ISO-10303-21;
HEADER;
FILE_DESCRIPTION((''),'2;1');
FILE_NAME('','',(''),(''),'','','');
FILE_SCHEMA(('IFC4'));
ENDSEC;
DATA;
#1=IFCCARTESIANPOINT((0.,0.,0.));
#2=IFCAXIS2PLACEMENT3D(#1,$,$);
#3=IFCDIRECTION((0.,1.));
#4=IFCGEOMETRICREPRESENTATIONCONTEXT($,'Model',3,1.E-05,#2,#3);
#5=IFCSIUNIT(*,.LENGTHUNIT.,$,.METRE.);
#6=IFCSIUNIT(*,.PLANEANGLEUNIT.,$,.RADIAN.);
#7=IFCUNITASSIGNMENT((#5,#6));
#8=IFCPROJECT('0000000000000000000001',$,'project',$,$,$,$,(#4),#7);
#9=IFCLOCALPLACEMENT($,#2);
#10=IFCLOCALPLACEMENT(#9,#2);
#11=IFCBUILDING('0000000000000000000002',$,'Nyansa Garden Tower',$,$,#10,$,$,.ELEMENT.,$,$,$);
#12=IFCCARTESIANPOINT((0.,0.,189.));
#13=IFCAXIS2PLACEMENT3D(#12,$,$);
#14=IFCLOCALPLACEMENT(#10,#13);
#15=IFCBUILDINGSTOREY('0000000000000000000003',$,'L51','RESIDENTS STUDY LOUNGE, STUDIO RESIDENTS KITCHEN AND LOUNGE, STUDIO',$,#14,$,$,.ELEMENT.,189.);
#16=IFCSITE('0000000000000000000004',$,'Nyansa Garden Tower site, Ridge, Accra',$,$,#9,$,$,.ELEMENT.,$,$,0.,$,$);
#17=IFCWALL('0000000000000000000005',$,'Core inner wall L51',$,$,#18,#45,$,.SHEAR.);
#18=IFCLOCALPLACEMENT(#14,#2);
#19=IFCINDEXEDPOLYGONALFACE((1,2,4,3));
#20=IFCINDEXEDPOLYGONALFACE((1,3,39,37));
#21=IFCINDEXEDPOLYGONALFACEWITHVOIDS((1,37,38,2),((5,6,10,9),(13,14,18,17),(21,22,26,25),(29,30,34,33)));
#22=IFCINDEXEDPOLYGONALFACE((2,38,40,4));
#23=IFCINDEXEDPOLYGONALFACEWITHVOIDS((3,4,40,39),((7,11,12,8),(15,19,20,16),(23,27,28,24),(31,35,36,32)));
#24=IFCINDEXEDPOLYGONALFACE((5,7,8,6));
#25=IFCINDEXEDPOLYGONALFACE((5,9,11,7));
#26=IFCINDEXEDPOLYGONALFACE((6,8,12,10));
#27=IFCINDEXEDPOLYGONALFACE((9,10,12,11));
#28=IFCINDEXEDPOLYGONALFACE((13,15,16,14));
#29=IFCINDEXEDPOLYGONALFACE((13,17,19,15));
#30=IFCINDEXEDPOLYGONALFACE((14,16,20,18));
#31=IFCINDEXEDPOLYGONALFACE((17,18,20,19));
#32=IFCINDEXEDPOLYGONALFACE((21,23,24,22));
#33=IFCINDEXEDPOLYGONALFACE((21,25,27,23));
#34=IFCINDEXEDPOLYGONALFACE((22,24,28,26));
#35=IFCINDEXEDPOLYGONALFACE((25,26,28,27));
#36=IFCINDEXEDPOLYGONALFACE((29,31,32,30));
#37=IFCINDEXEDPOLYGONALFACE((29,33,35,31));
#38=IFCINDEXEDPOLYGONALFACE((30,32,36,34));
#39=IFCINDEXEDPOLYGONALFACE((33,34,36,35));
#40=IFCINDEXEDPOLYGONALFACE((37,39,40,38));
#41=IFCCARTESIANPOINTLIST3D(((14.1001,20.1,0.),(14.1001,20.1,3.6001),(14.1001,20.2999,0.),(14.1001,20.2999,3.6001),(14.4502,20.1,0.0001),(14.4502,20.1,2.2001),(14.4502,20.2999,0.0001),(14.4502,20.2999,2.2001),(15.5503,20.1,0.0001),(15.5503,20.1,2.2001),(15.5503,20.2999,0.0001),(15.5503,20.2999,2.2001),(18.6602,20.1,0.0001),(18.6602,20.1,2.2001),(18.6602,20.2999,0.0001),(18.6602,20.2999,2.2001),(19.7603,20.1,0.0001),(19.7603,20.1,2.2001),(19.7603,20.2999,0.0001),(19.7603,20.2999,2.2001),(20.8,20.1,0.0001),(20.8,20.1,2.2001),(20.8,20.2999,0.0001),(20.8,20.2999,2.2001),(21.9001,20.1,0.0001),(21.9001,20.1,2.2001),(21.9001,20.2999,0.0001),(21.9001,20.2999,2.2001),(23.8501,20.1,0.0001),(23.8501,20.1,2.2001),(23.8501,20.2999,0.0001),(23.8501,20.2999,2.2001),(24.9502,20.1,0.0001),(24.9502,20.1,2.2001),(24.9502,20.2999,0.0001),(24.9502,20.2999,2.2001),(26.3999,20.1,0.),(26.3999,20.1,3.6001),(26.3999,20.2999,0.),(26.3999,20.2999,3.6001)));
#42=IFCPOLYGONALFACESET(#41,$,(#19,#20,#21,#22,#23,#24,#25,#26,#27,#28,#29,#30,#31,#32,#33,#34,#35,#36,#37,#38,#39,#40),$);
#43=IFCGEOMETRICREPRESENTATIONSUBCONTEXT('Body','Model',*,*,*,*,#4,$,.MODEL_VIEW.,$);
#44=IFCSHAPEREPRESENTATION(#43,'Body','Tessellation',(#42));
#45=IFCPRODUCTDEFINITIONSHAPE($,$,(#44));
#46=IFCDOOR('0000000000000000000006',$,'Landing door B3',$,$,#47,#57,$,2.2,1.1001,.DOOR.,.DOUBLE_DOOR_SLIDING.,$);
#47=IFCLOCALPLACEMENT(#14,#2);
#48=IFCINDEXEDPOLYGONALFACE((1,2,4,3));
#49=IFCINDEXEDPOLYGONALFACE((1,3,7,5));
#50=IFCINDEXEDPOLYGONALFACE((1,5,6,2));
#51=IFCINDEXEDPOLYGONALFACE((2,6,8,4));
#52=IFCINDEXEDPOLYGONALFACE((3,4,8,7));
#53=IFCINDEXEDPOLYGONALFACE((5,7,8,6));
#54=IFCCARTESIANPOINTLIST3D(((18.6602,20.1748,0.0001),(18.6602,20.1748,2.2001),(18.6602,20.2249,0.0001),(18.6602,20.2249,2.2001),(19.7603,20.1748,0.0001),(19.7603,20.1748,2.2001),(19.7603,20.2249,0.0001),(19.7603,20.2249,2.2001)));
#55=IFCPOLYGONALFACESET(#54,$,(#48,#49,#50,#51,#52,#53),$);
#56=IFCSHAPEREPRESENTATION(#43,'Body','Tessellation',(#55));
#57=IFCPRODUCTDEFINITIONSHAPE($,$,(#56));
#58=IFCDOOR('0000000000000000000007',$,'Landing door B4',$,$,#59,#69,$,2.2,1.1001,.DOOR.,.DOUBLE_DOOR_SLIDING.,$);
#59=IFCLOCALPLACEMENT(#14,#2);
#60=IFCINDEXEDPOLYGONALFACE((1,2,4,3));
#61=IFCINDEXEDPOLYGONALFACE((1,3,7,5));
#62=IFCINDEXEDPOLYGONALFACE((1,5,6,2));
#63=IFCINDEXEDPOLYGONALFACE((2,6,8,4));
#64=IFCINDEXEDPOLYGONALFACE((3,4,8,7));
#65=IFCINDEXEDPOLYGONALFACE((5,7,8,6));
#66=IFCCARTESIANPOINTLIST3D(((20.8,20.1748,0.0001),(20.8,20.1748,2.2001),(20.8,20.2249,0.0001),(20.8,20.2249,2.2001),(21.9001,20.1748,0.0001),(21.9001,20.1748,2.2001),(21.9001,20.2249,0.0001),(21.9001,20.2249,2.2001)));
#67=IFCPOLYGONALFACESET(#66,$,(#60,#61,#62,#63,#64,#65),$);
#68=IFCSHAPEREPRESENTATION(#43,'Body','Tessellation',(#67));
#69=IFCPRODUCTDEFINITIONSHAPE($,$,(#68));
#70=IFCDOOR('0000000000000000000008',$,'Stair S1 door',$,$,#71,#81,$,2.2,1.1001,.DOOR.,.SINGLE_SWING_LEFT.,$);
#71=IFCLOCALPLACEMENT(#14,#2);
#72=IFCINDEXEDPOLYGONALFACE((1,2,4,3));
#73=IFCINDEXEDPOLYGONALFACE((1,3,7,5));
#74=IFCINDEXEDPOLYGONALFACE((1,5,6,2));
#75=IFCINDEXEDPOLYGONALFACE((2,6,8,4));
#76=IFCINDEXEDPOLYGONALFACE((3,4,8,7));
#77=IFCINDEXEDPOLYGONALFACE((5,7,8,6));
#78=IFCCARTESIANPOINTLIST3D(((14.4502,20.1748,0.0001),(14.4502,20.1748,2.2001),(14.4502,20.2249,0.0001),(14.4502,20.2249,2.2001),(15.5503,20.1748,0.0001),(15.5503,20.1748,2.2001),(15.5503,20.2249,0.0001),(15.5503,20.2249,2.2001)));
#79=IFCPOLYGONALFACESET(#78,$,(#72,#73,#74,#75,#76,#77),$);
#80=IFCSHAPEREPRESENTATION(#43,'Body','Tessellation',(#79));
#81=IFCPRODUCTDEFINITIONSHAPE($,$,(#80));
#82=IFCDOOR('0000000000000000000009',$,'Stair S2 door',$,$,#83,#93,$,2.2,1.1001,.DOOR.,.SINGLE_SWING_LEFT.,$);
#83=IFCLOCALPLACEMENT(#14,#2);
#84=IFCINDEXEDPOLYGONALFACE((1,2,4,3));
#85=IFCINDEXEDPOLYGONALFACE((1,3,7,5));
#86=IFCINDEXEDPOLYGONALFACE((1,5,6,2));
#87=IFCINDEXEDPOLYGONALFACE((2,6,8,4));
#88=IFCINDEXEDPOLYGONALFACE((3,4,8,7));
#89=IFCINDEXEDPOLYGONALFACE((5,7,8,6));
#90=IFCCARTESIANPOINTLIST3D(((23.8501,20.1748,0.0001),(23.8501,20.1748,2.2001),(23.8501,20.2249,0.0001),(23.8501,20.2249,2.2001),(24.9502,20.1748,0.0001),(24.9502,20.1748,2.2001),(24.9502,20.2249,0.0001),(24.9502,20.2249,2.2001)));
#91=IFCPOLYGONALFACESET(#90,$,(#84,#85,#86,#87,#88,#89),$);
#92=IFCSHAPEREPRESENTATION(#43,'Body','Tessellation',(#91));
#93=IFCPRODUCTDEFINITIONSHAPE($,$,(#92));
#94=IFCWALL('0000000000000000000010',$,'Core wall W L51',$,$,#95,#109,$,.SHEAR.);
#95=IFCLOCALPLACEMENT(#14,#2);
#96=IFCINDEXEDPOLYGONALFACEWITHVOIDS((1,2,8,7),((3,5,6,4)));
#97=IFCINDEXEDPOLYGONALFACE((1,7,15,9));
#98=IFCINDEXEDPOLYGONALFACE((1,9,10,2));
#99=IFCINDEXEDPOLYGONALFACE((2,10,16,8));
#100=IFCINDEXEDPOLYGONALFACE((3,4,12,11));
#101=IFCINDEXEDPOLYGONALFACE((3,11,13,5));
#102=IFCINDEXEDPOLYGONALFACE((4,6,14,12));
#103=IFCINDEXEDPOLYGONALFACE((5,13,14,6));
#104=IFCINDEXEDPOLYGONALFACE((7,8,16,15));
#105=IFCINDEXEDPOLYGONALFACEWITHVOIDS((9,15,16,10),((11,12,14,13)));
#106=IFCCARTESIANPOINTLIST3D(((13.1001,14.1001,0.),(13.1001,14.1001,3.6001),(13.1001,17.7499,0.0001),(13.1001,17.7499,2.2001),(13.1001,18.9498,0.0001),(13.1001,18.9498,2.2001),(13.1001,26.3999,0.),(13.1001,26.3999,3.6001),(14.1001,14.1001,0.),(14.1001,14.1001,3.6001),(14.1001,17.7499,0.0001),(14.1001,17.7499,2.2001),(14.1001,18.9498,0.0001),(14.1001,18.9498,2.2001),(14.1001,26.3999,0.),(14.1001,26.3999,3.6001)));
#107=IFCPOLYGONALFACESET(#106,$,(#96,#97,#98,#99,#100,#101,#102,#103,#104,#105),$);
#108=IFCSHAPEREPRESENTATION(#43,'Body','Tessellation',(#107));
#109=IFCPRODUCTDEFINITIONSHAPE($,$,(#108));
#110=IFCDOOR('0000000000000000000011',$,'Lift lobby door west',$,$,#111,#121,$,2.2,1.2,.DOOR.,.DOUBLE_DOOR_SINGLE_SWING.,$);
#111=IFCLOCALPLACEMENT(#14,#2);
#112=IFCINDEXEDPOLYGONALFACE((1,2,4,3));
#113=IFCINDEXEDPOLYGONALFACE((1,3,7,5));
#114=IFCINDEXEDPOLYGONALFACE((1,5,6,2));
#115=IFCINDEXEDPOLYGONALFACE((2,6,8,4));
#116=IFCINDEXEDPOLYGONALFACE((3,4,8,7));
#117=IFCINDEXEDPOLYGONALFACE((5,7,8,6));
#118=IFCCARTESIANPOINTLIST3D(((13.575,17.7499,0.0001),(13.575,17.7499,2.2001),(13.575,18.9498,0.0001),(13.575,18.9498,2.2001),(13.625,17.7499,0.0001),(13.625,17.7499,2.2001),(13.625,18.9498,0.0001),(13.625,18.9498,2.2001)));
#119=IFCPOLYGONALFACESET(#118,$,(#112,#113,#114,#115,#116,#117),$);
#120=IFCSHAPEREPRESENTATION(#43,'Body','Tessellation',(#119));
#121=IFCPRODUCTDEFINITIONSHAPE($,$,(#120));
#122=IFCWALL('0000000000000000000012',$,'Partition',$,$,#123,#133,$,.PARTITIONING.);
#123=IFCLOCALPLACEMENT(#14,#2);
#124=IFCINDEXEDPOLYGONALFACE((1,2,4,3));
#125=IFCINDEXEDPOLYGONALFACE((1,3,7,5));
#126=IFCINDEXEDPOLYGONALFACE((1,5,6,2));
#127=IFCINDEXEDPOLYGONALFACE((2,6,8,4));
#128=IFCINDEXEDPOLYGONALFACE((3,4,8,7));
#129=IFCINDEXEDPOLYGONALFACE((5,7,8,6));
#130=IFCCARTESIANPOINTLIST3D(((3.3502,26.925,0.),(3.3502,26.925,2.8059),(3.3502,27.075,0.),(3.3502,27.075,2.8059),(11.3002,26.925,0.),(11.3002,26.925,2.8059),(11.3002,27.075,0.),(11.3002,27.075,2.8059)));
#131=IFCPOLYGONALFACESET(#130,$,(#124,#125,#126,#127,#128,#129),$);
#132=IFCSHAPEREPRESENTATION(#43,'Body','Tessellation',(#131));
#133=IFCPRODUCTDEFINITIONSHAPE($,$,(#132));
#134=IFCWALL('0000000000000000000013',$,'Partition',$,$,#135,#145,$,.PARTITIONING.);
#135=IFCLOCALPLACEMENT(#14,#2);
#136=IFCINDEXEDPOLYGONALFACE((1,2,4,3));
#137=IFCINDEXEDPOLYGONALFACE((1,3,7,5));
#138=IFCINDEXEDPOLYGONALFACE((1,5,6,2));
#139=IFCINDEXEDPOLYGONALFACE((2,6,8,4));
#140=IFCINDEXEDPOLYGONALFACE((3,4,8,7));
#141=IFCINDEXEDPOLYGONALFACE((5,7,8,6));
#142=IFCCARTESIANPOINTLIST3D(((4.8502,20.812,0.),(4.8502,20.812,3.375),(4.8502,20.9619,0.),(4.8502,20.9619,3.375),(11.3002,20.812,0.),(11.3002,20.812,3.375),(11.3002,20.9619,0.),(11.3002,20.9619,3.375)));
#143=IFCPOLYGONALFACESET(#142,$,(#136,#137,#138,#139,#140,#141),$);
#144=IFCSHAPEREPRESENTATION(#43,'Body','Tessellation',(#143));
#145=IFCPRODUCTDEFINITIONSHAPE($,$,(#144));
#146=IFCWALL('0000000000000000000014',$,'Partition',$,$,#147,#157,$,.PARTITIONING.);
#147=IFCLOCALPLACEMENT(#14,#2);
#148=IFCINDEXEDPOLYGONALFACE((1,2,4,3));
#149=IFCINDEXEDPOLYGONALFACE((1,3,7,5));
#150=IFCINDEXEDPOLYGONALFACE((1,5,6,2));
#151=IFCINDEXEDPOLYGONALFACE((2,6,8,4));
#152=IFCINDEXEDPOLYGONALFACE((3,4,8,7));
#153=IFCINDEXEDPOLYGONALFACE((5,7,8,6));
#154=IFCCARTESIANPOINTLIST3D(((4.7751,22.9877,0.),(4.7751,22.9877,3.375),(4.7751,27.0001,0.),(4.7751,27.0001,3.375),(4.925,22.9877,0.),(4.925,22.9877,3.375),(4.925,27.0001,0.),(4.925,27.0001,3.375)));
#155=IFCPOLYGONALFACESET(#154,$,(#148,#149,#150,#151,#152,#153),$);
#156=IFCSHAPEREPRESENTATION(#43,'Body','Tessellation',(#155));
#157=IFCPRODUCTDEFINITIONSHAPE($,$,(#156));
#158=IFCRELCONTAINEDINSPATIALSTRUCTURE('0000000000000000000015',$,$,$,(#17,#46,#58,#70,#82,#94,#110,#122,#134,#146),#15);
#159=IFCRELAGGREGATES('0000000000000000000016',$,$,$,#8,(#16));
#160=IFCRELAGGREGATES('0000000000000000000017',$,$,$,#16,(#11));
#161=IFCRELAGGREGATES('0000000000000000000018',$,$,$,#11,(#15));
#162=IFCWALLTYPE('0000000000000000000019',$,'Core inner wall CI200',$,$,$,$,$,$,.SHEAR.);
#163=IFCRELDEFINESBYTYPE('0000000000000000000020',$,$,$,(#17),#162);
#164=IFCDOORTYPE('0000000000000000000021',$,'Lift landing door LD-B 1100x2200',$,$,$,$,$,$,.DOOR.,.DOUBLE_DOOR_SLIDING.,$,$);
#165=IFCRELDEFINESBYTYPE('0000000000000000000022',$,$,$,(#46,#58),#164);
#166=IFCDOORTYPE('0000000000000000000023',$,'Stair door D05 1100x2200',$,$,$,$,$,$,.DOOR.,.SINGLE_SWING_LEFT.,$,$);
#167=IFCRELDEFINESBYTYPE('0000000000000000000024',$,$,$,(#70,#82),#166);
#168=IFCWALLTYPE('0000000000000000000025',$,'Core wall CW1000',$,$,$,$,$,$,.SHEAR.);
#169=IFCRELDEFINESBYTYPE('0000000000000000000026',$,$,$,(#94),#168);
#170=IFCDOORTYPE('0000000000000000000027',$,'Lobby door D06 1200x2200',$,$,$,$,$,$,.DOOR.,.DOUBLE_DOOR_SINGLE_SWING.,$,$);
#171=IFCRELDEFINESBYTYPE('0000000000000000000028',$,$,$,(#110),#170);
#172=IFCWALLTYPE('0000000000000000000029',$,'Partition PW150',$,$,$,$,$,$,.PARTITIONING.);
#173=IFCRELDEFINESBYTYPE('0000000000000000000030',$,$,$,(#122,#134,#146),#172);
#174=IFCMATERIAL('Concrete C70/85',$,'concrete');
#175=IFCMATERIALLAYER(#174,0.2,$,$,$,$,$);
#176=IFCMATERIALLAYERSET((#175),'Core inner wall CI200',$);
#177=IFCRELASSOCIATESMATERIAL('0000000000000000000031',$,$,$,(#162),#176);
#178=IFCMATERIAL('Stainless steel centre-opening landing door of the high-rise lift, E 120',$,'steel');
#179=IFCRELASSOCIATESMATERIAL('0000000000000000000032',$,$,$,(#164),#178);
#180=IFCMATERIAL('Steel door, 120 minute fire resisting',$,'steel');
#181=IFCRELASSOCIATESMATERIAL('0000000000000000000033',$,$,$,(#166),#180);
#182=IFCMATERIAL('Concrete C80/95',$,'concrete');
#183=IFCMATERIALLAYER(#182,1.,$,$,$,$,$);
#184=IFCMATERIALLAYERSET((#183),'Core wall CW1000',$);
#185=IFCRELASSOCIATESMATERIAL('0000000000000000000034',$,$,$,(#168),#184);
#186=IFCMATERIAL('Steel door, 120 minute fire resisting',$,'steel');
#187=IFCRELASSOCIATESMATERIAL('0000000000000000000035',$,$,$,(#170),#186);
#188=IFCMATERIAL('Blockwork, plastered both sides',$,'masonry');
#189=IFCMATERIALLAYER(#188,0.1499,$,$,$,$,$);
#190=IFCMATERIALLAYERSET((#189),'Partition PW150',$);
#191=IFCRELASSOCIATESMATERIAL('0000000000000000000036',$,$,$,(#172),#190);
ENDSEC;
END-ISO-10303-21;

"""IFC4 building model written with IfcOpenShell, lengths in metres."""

from ifc_helpers import new_model, si_unit, direction, frame, frame_2d, origin, place, context, subcontext, project, spatial, rectangle, extrude, material, layer, layer_set, type_object, element, fill, save


model = new_model("IFC4")

# Units and contexts
model_context = context("Model", 3, precision=1e-05, world=origin(), true_north=direction((0.0, 1.0)))
body_context = subcontext(model_context, "Body", "Model", "MODEL_VIEW")
ifc_project = project(units=[si_unit("LENGTHUNIT", "METRE"), si_unit("PLANEANGLEUNIT", "RADIAN")], contexts=[model_context])

# Site, building, storey
site_placement = place(None, origin())
site = spatial("IfcSite", under=ifc_project, at=site_placement, Name="Nyansa Garden Tower site, Ridge, Accra", CompositionType="ELEMENT", RefElevation=0.0)
building_placement = place(site_placement, origin())
building = spatial("IfcBuilding", under=site, at=building_placement, Name="Nyansa Garden Tower", CompositionType="ELEMENT")
storey_placement = place(building_placement, frame((0.0, 0.0, 189.0)))
storey = spatial("IfcBuildingStorey", under=building, at=storey_placement, Name="L51", Description="RESIDENTS STUDY LOUNGE, STUDIO RESIDENTS KITCHEN AND LOUNGE, STUDIO", CompositionType="ELEMENT", Elevation=189.0)

# Wall, openings, doors
ifc_material_1 = material(Name="Concrete C70/85", Category="concrete")
ifc_layer_1 = layer(ifc_material_1, 0.2)
ifc_layer_set_1 = layer_set([ifc_layer_1], Name="Core inner wall CI200")
wall_type_1 = type_object("IfcWallType", Name="Core inner wall CI200", PredefinedType="SHEAR", material=ifc_layer_set_1)
ifc_material_2 = material(Name="Stainless steel centre-opening landing door of the high-rise lift, E 120", Category="steel")
door_type_1 = type_object("IfcDoorType", Name="Lift landing door LD-B 1100x2200", OperationType="DOUBLE_DOOR_SLIDING", PredefinedType="DOOR", material=ifc_material_2)
wall_1_placement = place(storey_placement, frame((14.1001, 20.2, 0.0), z_axis=(0.0, 0.0, 1.0), x_axis=(1.0, 0.0, 0.0)))
wall_1 = element("IfcWall", 1, at=wall_1_placement, inside=storey, type_object=wall_type_1, Name="Core inner wall L51", PredefinedType="SHEAR", context=body_context, shape_type="SweptSolid", body=[
    extrude(rectangle(XDim=12.2998, YDim=0.2, at=frame_2d((6.1499, 0.0))), origin(), (0.0, 0.0, 1.0), 3.6001),
])
opening_1_placement = place(wall_1_placement, frame((4.5601, 0.0, 0.0)))
opening_1 = element("IfcOpeningElement", 2, at=opening_1_placement, cuts=wall_1, PredefinedType="OPENING", context=body_context, shape_type="SweptSolid", body=[
    extrude(rectangle(XDim=1.1001, YDim=2.2, at=frame_2d((0.55, 1.1001))), frame((0.0, 0.1099, 0.0), z_axis=(0.0, -1.0, 0.0), x_axis=(1.0, 0.0, 0.0)), (0.0, 0.0, 1.0), 0.22),
])
opening_2_placement = place(wall_1_placement, frame((6.7, 0.0, 0.0)))
opening_2 = element("IfcOpeningElement", 3, at=opening_2_placement, cuts=wall_1, PredefinedType="OPENING", context=body_context, shape_type="SweptSolid", body=[
    extrude(rectangle(XDim=1.1001, YDim=2.2, at=frame_2d((0.55, 1.1001))), frame((0.0, 0.1099, 0.0), z_axis=(0.0, -1.0, 0.0), x_axis=(1.0, 0.0, 0.0)), (0.0, 0.0, 1.0), 0.22),
])
opening_3_placement = place(wall_1_placement, frame((0.3501, 0.0, 0.0)))
opening_3 = element("IfcOpeningElement", 4, at=opening_3_placement, cuts=wall_1, PredefinedType="OPENING", context=body_context, shape_type="SweptSolid", body=[
    extrude(rectangle(XDim=1.1001, YDim=2.2, at=frame_2d((0.55, 1.1001))), frame((0.0, 0.1099, 0.0), z_axis=(0.0, -1.0, 0.0), x_axis=(1.0, 0.0, 0.0)), (0.0, 0.0, 1.0), 0.22),
])
opening_4_placement = place(wall_1_placement, frame((9.75, 0.0, 0.0)))
opening_4 = element("IfcOpeningElement", 5, at=opening_4_placement, cuts=wall_1, PredefinedType="OPENING", context=body_context, shape_type="SweptSolid", body=[
    extrude(rectangle(XDim=1.1001, YDim=2.2, at=frame_2d((0.55, 1.1001))), frame((0.0, 0.1099, 0.0), z_axis=(0.0, -1.0, 0.0), x_axis=(1.0, 0.0, 0.0)), (0.0, 0.0, 1.0), 0.22),
])
door_1_placement = place(opening_1_placement, origin())
door_1 = element("IfcDoor", 6, at=door_1_placement, inside=storey, type_object=door_type_1, Name="Landing door B3", OperationType="DOUBLE_DOOR_SLIDING", OverallHeight=2.2, OverallWidth=1.1001, PredefinedType="DOOR", context=body_context, shape_type="SweptSolid", body=[
    extrude(rectangle(XDim=1.1001, YDim=2.2, at=frame_2d((0.55, 1.1001))), frame((0.0, 0.0249, 0.0), z_axis=(0.0, -1.0, 0.0), x_axis=(1.0, 0.0, 0.0)), (0.0, 0.0, 1.0), 0.05),
])
fill(opening_1, door_1)
door_2_placement = place(opening_2_placement, origin())
door_2 = element("IfcDoor", 7, at=door_2_placement, inside=storey, type_object=door_type_1, Name="Landing door B4", OperationType="DOUBLE_DOOR_SLIDING", OverallHeight=2.2, OverallWidth=1.1001, PredefinedType="DOOR", context=body_context, shape_type="SweptSolid", body=[
    extrude(rectangle(XDim=1.1001, YDim=2.2, at=frame_2d((0.55, 1.1001))), frame((0.0, 0.0249, 0.0), z_axis=(0.0, -1.0, 0.0), x_axis=(1.0, 0.0, 0.0)), (0.0, 0.0, 1.0), 0.05),
])
fill(opening_2, door_2)
ifc_material_3 = material(Name="Steel door, 120 minute fire resisting", Category="steel")
door_type_2 = type_object("IfcDoorType", Name="Stair door D05 1100x2200", OperationType="SINGLE_SWING_LEFT", PredefinedType="DOOR", material=ifc_material_3)
door_3_placement = place(opening_3_placement, origin())
door_3 = element("IfcDoor", 8, at=door_3_placement, inside=storey, type_object=door_type_2, Name="Stair S1 door", OperationType="SINGLE_SWING_LEFT", OverallHeight=2.2, OverallWidth=1.1001, PredefinedType="DOOR", context=body_context, shape_type="SweptSolid", body=[
    extrude(rectangle(XDim=1.1001, YDim=2.2, at=frame_2d((0.55, 1.1001))), frame((0.0, 0.0249, 0.0), z_axis=(0.0, -1.0, 0.0), x_axis=(1.0, 0.0, 0.0)), (0.0, 0.0, 1.0), 0.05),
])
fill(opening_3, door_3)
door_4_placement = place(opening_4_placement, origin())
door_4 = element("IfcDoor", 9, at=door_4_placement, inside=storey, type_object=door_type_2, Name="Stair S2 door", OperationType="SINGLE_SWING_LEFT", OverallHeight=2.2, OverallWidth=1.1001, PredefinedType="DOOR", context=body_context, shape_type="SweptSolid", body=[
    extrude(rectangle(XDim=1.1001, YDim=2.2, at=frame_2d((0.55, 1.1001))), frame((0.0, 0.0249, 0.0), z_axis=(0.0, -1.0, 0.0), x_axis=(1.0, 0.0, 0.0)), (0.0, 0.0, 1.0), 0.05),
])
fill(opening_4, door_4)

# Wall, opening, door
ifc_material_4 = material(Name="Concrete C80/95", Category="concrete")
ifc_layer_2 = layer(ifc_material_4, 1.0)
ifc_layer_set_2 = layer_set([ifc_layer_2], Name="Core wall CW1000")
wall_type_2 = type_object("IfcWallType", Name="Core wall CW1000", PredefinedType="SHEAR", material=ifc_layer_set_2)
wall_2_placement = place(storey_placement, frame((13.6001, 26.3999, 0.0), z_axis=(0.0, 0.0, 1.0), x_axis=(0.0, -1.0, 0.0)))
wall_2 = element("IfcWall", 10, at=wall_2_placement, inside=storey, type_object=wall_type_2, Name="Core wall W L51", PredefinedType="SHEAR", context=body_context, shape_type="SweptSolid", body=[
    extrude(rectangle(XDim=12.2998, YDim=1.0, at=frame_2d((6.1499, 0.0))), origin(), (0.0, 0.0, 1.0), 3.6001),
])
opening_5_placement = place(wall_2_placement, frame((7.45, 0.0, 0.0)))
opening_5 = element("IfcOpeningElement", 11, at=opening_5_placement, cuts=wall_2, PredefinedType="OPENING", context=body_context, shape_type="SweptSolid", body=[
    extrude(rectangle(XDim=1.2, YDim=2.2, at=frame_2d((0.6001, 1.1001))), frame((0.0, 0.51, 0.0), z_axis=(0.0, -1.0, 0.0), x_axis=(1.0, 0.0, 0.0)), (0.0, 0.0, 1.0), 1.02),
])
ifc_material_5 = material(Name="Steel door, 120 minute fire resisting", Category="steel")
door_type_3 = type_object("IfcDoorType", Name="Lobby door D06 1200x2200", OperationType="DOUBLE_DOOR_SINGLE_SWING", PredefinedType="DOOR", material=ifc_material_5)
door_5_placement = place(opening_5_placement, origin())
door_5 = element("IfcDoor", 12, at=door_5_placement, inside=storey, type_object=door_type_3, Name="Lift lobby door west", OperationType="DOUBLE_DOOR_SINGLE_SWING", OverallHeight=2.2, OverallWidth=1.2, PredefinedType="DOOR", context=body_context, shape_type="SweptSolid", body=[
    extrude(rectangle(XDim=1.2, YDim=2.2, at=frame_2d((0.6001, 1.1001))), frame((0.0, 0.0249, 0.0), z_axis=(0.0, -1.0, 0.0), x_axis=(1.0, 0.0, 0.0)), (0.0, 0.0, 1.0), 0.05),
])
fill(opening_5, door_5)

# Walls
ifc_material_6 = material(Name="Blockwork, plastered both sides", Category="masonry")
ifc_layer_3 = layer(ifc_material_6, 0.1499)
ifc_layer_set_3 = layer_set([ifc_layer_3], Name="Partition PW150")
wall_type_3 = type_object("IfcWallType", Name="Partition PW150", PredefinedType="PARTITIONING", material=ifc_layer_set_3)
wall_3_placement = place(storey_placement, frame((3.3501, 27.0, 0.0), z_axis=(0.0, 0.0, 1.0), x_axis=(1.0, 0.0, 0.0)))
element("IfcWall", 13, at=wall_3_placement, inside=storey, type_object=wall_type_3, Name="Partition", PredefinedType="PARTITIONING", context=body_context, shape_type="SweptSolid", body=[
    extrude(rectangle(XDim=7.95, YDim=0.1499, at=frame_2d((3.9751, 0.0))), origin(), (0.0, 0.0, 1.0), 2.8059),
])
wall_4_placement = place(storey_placement, frame((4.8501, 20.887, 0.0), z_axis=(0.0, 0.0, 1.0), x_axis=(1.0, 0.0, 0.0)))
element("IfcWall", 14, at=wall_4_placement, inside=storey, type_object=wall_type_3, Name="Partition", PredefinedType="PARTITIONING", context=body_context, shape_type="SweptSolid", body=[
    extrude(rectangle(XDim=6.45, YDim=0.1499, at=frame_2d((3.2251, 0.0))), origin(), (0.0, 0.0, 1.0), 3.375),
])
wall_5_placement = place(storey_placement, frame((4.8501, 22.9875, 0.0), z_axis=(0.0, 0.0, 1.0), x_axis=(0.0, 1.0, 0.0)))
element("IfcWall", 15, at=wall_5_placement, inside=storey, type_object=wall_type_3, Name="Partition", PredefinedType="PARTITIONING", context=body_context, shape_type="SweptSolid", body=[
    extrude(rectangle(XDim=4.0125, YDim=0.1499, at=frame_2d((2.0063, 0.0))), origin(), (0.0, 0.0, 1.0), 3.375),
])

save(model, "model.ifc")
